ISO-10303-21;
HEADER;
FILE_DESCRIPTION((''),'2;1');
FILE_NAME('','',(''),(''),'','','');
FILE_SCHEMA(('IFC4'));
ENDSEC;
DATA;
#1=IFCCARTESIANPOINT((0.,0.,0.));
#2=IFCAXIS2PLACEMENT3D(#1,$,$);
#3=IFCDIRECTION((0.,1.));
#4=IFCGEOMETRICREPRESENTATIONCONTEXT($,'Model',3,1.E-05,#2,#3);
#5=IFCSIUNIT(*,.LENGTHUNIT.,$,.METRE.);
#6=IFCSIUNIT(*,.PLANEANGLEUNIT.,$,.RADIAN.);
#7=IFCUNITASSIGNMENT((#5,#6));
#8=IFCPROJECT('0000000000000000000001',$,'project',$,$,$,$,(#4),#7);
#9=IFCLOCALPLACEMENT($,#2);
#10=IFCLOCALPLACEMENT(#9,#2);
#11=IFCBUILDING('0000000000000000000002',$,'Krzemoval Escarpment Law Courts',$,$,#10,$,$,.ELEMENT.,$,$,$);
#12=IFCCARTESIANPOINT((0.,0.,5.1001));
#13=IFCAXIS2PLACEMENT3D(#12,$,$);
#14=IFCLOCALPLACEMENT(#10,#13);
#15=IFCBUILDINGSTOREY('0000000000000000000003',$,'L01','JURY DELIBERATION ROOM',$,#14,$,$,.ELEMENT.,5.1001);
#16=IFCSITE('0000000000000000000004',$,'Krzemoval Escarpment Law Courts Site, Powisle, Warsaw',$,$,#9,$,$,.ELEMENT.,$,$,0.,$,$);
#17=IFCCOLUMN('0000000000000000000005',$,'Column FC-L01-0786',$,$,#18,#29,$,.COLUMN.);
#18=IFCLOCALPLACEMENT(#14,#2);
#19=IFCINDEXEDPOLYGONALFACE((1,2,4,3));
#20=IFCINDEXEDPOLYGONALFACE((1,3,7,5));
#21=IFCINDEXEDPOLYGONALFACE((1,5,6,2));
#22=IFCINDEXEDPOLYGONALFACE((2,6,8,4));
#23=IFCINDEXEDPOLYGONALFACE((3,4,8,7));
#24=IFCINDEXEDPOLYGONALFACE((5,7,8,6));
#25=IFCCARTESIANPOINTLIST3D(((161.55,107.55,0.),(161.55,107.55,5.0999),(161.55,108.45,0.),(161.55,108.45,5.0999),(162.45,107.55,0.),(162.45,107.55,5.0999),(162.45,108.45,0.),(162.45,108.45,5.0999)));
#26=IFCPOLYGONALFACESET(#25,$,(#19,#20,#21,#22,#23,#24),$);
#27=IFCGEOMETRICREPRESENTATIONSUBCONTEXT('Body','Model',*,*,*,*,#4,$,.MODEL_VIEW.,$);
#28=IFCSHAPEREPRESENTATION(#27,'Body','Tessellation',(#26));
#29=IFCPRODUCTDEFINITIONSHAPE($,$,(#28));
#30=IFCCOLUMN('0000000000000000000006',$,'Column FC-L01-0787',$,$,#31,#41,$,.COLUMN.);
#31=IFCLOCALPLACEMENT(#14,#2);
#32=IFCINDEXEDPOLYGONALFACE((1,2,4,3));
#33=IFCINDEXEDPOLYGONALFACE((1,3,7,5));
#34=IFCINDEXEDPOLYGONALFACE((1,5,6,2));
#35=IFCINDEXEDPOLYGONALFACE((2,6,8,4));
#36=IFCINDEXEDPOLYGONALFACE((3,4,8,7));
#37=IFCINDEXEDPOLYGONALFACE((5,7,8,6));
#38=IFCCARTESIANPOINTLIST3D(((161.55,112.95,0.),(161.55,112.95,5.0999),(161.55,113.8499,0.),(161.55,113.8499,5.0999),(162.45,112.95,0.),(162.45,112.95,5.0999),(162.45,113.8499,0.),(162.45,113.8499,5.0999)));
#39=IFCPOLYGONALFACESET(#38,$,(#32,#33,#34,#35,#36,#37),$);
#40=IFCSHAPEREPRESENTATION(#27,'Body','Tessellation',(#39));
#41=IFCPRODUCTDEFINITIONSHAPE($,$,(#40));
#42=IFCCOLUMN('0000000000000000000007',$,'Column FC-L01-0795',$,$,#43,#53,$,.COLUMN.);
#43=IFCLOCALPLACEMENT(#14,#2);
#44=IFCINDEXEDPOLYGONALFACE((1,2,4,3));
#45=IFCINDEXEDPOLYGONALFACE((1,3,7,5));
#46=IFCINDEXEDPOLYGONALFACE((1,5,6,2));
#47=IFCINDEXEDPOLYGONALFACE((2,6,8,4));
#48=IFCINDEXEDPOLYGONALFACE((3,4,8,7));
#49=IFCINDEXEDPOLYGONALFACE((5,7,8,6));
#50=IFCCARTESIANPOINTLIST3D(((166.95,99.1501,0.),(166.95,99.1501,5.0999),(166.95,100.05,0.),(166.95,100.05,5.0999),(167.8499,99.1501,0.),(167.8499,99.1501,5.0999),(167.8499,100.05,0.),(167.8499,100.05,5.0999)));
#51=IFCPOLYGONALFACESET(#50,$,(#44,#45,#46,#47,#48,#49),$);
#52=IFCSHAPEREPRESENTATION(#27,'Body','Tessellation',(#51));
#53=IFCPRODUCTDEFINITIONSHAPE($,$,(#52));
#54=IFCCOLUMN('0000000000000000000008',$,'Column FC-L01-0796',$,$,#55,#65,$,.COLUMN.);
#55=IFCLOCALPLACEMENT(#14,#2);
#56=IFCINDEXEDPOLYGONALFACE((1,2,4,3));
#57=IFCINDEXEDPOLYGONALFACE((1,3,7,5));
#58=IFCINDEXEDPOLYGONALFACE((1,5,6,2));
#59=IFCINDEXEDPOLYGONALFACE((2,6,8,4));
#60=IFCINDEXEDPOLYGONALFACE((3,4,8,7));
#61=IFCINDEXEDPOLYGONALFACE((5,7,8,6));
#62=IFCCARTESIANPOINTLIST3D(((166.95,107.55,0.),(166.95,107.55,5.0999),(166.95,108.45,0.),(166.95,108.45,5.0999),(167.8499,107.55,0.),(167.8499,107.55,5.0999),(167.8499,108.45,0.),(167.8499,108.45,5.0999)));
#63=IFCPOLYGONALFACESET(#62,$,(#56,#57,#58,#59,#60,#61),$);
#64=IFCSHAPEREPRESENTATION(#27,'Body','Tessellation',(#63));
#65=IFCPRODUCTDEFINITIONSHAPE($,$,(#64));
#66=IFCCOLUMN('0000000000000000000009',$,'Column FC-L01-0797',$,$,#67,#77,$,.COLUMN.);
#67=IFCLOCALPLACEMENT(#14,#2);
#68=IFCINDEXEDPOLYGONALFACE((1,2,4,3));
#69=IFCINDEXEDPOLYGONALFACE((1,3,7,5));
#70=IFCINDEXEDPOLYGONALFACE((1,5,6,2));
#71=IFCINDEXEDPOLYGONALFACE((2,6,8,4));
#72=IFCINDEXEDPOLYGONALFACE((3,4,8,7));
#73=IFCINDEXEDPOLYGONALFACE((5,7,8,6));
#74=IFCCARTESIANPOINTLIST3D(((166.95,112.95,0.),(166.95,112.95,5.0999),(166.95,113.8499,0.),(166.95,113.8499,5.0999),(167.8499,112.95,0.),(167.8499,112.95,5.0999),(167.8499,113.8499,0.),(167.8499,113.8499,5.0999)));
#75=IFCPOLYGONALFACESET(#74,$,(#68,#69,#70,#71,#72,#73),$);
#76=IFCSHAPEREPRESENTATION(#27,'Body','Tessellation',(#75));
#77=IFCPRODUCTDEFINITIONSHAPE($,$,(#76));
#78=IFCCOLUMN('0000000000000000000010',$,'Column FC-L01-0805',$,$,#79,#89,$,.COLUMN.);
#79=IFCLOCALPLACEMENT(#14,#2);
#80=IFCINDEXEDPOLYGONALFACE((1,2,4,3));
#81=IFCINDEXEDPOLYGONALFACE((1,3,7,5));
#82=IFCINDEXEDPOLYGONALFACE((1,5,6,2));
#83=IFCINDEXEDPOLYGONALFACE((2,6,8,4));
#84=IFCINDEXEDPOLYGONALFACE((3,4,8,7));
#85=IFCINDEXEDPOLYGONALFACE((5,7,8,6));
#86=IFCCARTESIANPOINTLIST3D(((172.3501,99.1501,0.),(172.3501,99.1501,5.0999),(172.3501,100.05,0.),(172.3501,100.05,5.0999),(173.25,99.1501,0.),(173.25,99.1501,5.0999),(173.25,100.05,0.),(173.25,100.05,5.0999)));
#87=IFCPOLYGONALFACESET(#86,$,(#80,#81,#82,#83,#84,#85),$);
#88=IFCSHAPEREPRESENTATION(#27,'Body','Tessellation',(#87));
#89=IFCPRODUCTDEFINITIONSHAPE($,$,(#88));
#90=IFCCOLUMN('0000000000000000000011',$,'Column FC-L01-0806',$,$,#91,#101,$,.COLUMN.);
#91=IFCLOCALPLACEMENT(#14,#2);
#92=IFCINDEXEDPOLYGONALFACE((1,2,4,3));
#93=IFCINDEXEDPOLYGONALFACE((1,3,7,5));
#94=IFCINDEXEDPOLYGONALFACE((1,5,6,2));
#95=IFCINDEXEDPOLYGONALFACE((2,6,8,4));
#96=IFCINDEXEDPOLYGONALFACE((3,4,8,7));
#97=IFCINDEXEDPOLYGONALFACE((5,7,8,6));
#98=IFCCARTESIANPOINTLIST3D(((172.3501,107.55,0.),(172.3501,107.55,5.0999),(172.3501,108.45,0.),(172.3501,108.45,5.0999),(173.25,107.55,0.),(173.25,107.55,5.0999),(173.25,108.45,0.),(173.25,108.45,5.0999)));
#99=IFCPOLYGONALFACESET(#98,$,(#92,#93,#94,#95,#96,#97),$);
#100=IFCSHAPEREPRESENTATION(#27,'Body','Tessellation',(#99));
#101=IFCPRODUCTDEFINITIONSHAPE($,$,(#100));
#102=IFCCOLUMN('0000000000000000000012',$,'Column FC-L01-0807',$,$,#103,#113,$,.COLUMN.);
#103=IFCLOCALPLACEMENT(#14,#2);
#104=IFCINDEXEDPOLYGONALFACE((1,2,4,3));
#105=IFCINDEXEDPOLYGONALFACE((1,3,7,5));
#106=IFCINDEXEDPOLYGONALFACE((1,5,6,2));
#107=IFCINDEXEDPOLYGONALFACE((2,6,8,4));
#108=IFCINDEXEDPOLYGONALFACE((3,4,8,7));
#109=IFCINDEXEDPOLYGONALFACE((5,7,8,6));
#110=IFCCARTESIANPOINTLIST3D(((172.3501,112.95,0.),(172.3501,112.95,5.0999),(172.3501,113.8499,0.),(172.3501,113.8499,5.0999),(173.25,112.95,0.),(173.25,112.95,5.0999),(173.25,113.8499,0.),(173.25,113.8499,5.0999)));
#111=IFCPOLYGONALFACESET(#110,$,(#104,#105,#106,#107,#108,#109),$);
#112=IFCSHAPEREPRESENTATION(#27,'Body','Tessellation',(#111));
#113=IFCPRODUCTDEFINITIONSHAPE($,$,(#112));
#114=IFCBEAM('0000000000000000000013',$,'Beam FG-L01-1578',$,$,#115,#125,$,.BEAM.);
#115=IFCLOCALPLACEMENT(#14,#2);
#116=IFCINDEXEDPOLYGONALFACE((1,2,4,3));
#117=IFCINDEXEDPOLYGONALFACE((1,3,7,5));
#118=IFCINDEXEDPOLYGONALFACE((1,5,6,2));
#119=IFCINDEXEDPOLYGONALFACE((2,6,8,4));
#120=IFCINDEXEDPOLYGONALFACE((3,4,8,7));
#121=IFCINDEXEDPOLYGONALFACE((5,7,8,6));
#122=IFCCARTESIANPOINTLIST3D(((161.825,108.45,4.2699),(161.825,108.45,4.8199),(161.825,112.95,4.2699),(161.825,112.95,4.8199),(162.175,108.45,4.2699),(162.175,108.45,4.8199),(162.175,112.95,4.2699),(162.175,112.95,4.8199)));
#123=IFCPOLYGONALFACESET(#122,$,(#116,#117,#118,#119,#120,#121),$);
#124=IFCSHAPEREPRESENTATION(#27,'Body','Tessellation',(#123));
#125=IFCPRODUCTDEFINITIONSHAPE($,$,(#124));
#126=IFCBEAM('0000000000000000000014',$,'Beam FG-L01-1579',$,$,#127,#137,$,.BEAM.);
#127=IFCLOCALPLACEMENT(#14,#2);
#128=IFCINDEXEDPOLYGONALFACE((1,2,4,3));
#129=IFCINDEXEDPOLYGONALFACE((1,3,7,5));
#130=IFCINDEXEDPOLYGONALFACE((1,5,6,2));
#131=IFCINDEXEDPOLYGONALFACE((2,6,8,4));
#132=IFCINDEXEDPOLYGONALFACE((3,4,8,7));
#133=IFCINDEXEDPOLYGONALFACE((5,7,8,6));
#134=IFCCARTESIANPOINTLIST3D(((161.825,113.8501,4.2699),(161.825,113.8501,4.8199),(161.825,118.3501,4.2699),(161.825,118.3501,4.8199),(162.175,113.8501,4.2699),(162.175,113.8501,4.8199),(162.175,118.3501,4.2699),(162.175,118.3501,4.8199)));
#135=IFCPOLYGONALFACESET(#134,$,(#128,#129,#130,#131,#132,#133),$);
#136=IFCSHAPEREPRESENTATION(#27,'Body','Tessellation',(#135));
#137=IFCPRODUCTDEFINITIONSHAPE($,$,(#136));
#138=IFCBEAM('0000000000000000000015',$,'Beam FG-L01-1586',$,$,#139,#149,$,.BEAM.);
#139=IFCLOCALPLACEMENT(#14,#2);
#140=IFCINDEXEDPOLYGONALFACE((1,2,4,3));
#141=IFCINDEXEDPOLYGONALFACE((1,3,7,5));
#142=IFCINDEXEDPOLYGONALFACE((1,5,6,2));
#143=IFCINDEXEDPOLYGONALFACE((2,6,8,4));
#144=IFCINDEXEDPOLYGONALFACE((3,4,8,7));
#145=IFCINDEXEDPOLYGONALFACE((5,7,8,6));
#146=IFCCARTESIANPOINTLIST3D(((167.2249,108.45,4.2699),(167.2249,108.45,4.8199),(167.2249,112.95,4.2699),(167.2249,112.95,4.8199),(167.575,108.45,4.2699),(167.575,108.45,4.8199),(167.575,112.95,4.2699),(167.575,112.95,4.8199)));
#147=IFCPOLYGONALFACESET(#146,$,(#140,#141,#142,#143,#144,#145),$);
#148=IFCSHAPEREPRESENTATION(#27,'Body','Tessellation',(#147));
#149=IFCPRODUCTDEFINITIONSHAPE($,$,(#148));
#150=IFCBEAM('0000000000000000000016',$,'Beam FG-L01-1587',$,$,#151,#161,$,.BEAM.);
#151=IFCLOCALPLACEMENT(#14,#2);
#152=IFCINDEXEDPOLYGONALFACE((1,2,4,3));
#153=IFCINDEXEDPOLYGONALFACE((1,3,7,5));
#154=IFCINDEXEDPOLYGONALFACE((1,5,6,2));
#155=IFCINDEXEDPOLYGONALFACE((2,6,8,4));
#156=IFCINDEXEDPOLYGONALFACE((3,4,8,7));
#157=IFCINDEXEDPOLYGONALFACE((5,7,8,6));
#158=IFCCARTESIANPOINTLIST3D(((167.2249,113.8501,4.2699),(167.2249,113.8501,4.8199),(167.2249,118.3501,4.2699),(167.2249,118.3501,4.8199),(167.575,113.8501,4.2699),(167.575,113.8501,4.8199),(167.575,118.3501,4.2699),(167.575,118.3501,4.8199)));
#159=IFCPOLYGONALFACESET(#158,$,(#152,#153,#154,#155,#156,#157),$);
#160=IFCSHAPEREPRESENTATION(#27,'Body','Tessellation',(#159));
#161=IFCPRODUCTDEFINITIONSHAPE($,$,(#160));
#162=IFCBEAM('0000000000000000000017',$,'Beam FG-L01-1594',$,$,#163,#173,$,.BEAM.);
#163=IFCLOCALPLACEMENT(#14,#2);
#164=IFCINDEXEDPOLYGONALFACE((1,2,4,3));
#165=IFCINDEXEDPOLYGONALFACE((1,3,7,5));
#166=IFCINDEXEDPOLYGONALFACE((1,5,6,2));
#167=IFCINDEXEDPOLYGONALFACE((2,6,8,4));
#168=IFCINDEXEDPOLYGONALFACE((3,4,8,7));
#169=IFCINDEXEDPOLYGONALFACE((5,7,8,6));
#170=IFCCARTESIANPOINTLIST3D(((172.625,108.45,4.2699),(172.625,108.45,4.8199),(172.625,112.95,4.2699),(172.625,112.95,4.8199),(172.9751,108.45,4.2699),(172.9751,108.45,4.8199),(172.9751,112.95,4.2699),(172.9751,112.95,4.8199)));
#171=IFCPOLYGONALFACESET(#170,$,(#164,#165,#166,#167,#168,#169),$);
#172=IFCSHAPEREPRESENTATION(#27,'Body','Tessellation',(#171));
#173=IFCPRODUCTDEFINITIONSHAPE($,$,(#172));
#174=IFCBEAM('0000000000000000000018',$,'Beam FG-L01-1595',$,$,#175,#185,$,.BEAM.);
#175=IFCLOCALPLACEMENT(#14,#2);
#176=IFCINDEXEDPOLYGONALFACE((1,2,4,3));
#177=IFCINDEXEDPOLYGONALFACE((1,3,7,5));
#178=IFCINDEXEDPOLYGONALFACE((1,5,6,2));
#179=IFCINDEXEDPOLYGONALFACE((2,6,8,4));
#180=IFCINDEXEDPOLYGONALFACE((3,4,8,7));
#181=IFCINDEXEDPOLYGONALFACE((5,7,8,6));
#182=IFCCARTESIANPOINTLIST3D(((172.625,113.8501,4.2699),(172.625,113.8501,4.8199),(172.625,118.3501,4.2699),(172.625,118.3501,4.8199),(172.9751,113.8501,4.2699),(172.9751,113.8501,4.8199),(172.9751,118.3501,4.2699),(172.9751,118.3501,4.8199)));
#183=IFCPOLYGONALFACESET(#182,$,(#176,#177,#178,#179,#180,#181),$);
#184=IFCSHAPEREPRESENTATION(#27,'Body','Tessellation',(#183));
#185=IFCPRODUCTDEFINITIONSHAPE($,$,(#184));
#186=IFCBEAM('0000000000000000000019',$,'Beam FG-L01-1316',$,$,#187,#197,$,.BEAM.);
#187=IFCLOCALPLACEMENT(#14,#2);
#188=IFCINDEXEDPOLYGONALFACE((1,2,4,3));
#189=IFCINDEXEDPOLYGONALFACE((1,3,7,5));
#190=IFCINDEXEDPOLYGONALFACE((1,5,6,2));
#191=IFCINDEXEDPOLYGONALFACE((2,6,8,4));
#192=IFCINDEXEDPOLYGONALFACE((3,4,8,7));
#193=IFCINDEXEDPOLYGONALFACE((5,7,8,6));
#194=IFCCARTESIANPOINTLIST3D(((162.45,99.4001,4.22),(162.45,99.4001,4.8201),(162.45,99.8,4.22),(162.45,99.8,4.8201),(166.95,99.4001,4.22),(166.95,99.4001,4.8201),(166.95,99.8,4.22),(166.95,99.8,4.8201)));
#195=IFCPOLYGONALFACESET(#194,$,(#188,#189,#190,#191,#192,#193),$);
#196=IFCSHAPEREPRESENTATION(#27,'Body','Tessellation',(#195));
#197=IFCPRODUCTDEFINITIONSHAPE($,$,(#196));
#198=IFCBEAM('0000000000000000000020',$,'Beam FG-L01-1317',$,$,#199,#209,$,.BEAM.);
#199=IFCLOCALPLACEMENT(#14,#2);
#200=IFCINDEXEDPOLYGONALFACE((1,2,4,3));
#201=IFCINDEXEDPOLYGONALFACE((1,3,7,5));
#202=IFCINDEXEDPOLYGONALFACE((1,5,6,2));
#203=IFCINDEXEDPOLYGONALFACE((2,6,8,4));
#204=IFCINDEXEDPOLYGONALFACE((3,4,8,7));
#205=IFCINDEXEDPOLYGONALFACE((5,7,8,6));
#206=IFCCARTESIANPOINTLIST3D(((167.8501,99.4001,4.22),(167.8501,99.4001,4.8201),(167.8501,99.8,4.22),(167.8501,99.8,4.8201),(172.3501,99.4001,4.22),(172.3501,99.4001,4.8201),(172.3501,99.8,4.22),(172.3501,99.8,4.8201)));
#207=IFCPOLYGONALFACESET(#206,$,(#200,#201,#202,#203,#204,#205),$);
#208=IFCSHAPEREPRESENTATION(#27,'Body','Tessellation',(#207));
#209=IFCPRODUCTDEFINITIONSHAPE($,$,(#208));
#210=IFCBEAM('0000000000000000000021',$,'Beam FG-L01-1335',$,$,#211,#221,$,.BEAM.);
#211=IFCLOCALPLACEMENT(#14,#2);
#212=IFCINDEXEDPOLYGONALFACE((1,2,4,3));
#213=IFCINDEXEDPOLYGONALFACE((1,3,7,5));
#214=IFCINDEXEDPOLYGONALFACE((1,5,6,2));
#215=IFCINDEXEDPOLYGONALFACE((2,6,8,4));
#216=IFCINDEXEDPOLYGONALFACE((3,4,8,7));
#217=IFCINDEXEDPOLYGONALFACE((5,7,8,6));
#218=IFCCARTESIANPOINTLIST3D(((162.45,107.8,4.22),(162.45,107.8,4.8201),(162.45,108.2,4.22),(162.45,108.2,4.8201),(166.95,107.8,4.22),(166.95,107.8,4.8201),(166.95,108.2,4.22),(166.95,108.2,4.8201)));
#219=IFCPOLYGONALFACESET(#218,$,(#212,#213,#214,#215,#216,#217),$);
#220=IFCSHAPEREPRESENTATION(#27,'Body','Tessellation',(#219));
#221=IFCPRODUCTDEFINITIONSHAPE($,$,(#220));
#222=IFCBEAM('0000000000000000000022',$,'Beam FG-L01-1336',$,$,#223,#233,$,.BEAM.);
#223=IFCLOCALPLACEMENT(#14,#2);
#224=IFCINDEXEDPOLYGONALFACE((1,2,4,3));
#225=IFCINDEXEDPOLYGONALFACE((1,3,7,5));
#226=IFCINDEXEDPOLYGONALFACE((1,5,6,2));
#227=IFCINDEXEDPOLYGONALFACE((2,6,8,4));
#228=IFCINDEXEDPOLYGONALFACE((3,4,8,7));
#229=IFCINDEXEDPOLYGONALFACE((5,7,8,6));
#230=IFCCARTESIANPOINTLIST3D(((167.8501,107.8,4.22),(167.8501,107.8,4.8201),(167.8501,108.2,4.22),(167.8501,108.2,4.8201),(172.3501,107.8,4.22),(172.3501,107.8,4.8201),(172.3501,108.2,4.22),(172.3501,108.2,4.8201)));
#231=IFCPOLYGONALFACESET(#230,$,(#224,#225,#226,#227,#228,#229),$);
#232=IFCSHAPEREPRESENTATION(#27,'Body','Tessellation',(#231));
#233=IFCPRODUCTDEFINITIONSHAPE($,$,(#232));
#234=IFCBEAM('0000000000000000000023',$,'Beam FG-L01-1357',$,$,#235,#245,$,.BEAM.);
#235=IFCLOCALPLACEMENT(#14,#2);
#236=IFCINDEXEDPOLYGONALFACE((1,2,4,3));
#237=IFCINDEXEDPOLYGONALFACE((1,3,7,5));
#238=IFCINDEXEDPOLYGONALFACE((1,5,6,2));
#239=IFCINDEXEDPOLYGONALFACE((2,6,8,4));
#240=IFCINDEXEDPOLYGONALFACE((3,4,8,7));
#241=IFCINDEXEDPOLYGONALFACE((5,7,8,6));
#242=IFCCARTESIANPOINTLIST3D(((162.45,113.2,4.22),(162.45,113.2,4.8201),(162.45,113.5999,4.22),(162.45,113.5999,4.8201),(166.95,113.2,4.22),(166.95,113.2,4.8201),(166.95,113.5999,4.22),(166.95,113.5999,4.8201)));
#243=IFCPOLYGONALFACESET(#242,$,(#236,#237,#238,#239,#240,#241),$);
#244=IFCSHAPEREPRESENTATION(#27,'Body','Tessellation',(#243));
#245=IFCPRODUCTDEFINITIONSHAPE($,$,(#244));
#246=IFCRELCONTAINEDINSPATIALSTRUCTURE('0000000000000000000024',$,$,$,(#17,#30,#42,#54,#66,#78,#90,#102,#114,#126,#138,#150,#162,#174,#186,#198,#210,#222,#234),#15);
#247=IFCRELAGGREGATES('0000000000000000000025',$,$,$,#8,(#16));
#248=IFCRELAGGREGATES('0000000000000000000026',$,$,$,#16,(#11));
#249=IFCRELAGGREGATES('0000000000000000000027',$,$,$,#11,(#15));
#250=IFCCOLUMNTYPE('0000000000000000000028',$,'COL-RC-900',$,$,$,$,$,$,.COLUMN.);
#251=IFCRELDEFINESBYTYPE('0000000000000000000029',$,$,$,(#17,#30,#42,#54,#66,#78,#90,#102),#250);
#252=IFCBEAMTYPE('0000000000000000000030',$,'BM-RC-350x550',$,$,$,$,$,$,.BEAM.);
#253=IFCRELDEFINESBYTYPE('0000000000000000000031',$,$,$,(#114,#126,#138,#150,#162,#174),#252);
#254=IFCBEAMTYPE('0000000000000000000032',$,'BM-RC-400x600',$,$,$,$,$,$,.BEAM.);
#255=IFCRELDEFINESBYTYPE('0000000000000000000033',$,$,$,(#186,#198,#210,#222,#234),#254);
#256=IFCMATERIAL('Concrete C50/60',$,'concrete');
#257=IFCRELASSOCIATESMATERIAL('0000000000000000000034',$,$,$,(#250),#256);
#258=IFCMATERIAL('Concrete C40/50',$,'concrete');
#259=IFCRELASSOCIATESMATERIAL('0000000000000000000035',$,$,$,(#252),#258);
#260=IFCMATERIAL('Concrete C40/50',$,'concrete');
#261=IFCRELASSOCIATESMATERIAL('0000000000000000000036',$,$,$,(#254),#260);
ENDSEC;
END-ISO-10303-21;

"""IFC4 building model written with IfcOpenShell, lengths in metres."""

from ifc_helpers import new_model, si_unit, direction, frame, origin, origin_2d, place, context, subcontext, project, spatial, rectangle, extrude, material, material_profile, profile_set, type_object, element, save


model = new_model("IFC4")

# Units and contexts
model_context = context("Model", 3, precision=1e-05, world=origin(), true_north=direction((0.0, 1.0)))
body_context = subcontext(model_context, "Body", "Model", "MODEL_VIEW")
ifc_project = project(units=[si_unit("LENGTHUNIT", "METRE"), si_unit("PLANEANGLEUNIT", "RADIAN")], contexts=[model_context])

# Site, building, storey
site_placement = place(None, origin())
site = spatial("IfcSite", under=ifc_project, at=site_placement, Name="Krzemoval Escarpment Law Courts Site, Powisle, Warsaw", CompositionType="ELEMENT", RefElevation=0.0)
building_placement = place(site_placement, origin())
building = spatial("IfcBuilding", under=site, at=building_placement, Name="Krzemoval Escarpment Law Courts", CompositionType="ELEMENT")
storey_placement = place(building_placement, frame((0.0, 0.0, 5.1001)))
storey = spatial("IfcBuildingStorey", under=building, at=storey_placement, Name="L01", Description="JURY DELIBERATION ROOM", CompositionType="ELEMENT", Elevation=5.1001)

# Columns
ifc_material_1 = material(Name="Concrete C50/60", Category="concrete")
ifc_material_profile_1 = material_profile(ifc_material_1, rectangle(XDim=0.8999, YDim=0.8999, at=origin_2d()), Name="RC 900x900")
ifc_profile_set_1 = profile_set([ifc_material_profile_1], Name="Concrete C50/60")
column_type = type_object("IfcColumnType", Name="COL-RC-900", PredefinedType="COLUMN", material=ifc_profile_set_1)
for number, where, z_axis, x_axis, name in (
    (1, (162.0, 108.0, 0.0), (0.0, 0.0, 1.0), (1.0, 0.0, 0.0), "Column FC-L01-0786"),
    (2, (162.0, 113.3999, 0.0), (0.0, 0.0, 1.0), (1.0, 0.0, 0.0), "Column FC-L01-0787"),
    (3, (167.3999, 99.6001, 0.0), (0.0, 0.0, 1.0), (1.0, 0.0, 0.0), "Column FC-L01-0795"),
    (4, (167.3999, 108.0, 0.0), (0.0, 0.0, 1.0), (1.0, 0.0, 0.0), "Column FC-L01-0796"),
    (5, (167.3999, 113.3999, 0.0), (0.0, 0.0, 1.0), (1.0, 0.0, 0.0), "Column FC-L01-0797"),
    (6, (172.8, 99.6001, 0.0), (0.0, 0.0, 1.0), (1.0, 0.0, 0.0), "Column FC-L01-0805"),
    (7, (172.8, 108.0, 0.0), (0.0, 0.0, 1.0), (1.0, 0.0, 0.0), "Column FC-L01-0806"),
    (8, (172.8, 113.3999, 0.0), (0.0, 0.0, 1.0), (1.0, 0.0, 0.0), "Column FC-L01-0807"),
):
    element("IfcColumn", number, at=place(storey_placement, frame(where, z_axis=z_axis, x_axis=x_axis)), inside=storey, type_object=column_type, Name=name, PredefinedType="COLUMN", context=body_context, shape_type="SweptSolid", body=[
        extrude(rectangle(XDim=0.8999, YDim=0.8999, at=origin_2d()), origin(), (0.0, 0.0, 1.0), 5.0999),
    ])

# Beams
ifc_material_2 = material(Name="Concrete C40/50", Category="concrete")
ifc_material_profile_2 = material_profile(ifc_material_2, rectangle(XDim=0.3501, YDim=0.55, at=origin_2d()), Name="RCB 350x550")
ifc_profile_set_2 = profile_set([ifc_material_profile_2], Name="Concrete C40/50")
beam_type_1 = type_object("IfcBeamType", Name="BM-RC-350x550", PredefinedType="BEAM", material=ifc_profile_set_2)
for number, where, z_axis, x_axis, name in (
    (9, (162.0, 108.45, 4.5449), (0.0, 1.0, 0.0), (-1.0, 0.0, 0.0), "Beam FG-L01-1578"),
    (10, (162.0, 113.8501, 4.5449), (0.0, 1.0, 0.0), (-1.0, 0.0, 0.0), "Beam FG-L01-1579"),
    (11, (167.3999, 108.45, 4.5449), (0.0, 1.0, 0.0), (-1.0, 0.0, 0.0), "Beam FG-L01-1586"),
    (12, (167.3999, 113.8501, 4.5449), (0.0, 1.0, 0.0), (-1.0, 0.0, 0.0), "Beam FG-L01-1587"),
    (13, (172.8, 108.45, 4.5449), (0.0, 1.0, 0.0), (-1.0, 0.0, 0.0), "Beam FG-L01-1594"),
    (14, (172.8, 113.8501, 4.5449), (0.0, 1.0, 0.0), (-1.0, 0.0, 0.0), "Beam FG-L01-1595"),
):
    element("IfcBeam", number, at=place(storey_placement, frame(where, z_axis=z_axis, x_axis=x_axis)), inside=storey, type_object=beam_type_1, Name=name, PredefinedType="BEAM", context=body_context, shape_type="SweptSolid", body=[
        extrude(rectangle(XDim=0.3501, YDim=0.55, at=origin_2d()), origin(), (0.0, 0.0, 1.0), 4.5),
    ])
ifc_material_3 = material(Name="Concrete C40/50", Category="concrete")
ifc_material_profile_3 = material_profile(ifc_material_3, rectangle(XDim=0.3999, YDim=0.6001, at=origin_2d()), Name="RCB 400x600")
ifc_profile_set_3 = profile_set([ifc_material_profile_3], Name="Concrete C40/50")
beam_type_2 = type_object("IfcBeamType", Name="BM-RC-400x600", PredefinedType="BEAM", material=ifc_profile_set_3)
for number, where, z_axis, x_axis, name in (
    (15, (162.45, 99.6001, 4.52), (1.0, 0.0, 0.0), (0.0, 1.0, 0.0), "Beam FG-L01-1316"),
    (16, (167.8501, 99.6001, 4.52), (1.0, 0.0, 0.0), (0.0, 1.0, 0.0), "Beam FG-L01-1317"),
    (17, (162.45, 108.0, 4.52), (1.0, 0.0, 0.0), (0.0, 1.0, 0.0), "Beam FG-L01-1335"),
    (18, (167.8501, 108.0, 4.52), (1.0, 0.0, 0.0), (0.0, 1.0, 0.0), "Beam FG-L01-1336"),
    (19, (162.45, 113.3999, 4.52), (1.0, 0.0, 0.0), (0.0, 1.0, 0.0), "Beam FG-L01-1357"),
):
    element("IfcBeam", number, at=place(storey_placement, frame(where, z_axis=z_axis, x_axis=x_axis)), inside=storey, type_object=beam_type_2, Name=name, PredefinedType="BEAM", context=body_context, shape_type="SweptSolid", body=[
        extrude(rectangle(XDim=0.3999, YDim=0.6001, at=origin_2d()), origin(), (0.0, 0.0, 1.0), 4.5),
    ])

save(model, "model.ifc")
